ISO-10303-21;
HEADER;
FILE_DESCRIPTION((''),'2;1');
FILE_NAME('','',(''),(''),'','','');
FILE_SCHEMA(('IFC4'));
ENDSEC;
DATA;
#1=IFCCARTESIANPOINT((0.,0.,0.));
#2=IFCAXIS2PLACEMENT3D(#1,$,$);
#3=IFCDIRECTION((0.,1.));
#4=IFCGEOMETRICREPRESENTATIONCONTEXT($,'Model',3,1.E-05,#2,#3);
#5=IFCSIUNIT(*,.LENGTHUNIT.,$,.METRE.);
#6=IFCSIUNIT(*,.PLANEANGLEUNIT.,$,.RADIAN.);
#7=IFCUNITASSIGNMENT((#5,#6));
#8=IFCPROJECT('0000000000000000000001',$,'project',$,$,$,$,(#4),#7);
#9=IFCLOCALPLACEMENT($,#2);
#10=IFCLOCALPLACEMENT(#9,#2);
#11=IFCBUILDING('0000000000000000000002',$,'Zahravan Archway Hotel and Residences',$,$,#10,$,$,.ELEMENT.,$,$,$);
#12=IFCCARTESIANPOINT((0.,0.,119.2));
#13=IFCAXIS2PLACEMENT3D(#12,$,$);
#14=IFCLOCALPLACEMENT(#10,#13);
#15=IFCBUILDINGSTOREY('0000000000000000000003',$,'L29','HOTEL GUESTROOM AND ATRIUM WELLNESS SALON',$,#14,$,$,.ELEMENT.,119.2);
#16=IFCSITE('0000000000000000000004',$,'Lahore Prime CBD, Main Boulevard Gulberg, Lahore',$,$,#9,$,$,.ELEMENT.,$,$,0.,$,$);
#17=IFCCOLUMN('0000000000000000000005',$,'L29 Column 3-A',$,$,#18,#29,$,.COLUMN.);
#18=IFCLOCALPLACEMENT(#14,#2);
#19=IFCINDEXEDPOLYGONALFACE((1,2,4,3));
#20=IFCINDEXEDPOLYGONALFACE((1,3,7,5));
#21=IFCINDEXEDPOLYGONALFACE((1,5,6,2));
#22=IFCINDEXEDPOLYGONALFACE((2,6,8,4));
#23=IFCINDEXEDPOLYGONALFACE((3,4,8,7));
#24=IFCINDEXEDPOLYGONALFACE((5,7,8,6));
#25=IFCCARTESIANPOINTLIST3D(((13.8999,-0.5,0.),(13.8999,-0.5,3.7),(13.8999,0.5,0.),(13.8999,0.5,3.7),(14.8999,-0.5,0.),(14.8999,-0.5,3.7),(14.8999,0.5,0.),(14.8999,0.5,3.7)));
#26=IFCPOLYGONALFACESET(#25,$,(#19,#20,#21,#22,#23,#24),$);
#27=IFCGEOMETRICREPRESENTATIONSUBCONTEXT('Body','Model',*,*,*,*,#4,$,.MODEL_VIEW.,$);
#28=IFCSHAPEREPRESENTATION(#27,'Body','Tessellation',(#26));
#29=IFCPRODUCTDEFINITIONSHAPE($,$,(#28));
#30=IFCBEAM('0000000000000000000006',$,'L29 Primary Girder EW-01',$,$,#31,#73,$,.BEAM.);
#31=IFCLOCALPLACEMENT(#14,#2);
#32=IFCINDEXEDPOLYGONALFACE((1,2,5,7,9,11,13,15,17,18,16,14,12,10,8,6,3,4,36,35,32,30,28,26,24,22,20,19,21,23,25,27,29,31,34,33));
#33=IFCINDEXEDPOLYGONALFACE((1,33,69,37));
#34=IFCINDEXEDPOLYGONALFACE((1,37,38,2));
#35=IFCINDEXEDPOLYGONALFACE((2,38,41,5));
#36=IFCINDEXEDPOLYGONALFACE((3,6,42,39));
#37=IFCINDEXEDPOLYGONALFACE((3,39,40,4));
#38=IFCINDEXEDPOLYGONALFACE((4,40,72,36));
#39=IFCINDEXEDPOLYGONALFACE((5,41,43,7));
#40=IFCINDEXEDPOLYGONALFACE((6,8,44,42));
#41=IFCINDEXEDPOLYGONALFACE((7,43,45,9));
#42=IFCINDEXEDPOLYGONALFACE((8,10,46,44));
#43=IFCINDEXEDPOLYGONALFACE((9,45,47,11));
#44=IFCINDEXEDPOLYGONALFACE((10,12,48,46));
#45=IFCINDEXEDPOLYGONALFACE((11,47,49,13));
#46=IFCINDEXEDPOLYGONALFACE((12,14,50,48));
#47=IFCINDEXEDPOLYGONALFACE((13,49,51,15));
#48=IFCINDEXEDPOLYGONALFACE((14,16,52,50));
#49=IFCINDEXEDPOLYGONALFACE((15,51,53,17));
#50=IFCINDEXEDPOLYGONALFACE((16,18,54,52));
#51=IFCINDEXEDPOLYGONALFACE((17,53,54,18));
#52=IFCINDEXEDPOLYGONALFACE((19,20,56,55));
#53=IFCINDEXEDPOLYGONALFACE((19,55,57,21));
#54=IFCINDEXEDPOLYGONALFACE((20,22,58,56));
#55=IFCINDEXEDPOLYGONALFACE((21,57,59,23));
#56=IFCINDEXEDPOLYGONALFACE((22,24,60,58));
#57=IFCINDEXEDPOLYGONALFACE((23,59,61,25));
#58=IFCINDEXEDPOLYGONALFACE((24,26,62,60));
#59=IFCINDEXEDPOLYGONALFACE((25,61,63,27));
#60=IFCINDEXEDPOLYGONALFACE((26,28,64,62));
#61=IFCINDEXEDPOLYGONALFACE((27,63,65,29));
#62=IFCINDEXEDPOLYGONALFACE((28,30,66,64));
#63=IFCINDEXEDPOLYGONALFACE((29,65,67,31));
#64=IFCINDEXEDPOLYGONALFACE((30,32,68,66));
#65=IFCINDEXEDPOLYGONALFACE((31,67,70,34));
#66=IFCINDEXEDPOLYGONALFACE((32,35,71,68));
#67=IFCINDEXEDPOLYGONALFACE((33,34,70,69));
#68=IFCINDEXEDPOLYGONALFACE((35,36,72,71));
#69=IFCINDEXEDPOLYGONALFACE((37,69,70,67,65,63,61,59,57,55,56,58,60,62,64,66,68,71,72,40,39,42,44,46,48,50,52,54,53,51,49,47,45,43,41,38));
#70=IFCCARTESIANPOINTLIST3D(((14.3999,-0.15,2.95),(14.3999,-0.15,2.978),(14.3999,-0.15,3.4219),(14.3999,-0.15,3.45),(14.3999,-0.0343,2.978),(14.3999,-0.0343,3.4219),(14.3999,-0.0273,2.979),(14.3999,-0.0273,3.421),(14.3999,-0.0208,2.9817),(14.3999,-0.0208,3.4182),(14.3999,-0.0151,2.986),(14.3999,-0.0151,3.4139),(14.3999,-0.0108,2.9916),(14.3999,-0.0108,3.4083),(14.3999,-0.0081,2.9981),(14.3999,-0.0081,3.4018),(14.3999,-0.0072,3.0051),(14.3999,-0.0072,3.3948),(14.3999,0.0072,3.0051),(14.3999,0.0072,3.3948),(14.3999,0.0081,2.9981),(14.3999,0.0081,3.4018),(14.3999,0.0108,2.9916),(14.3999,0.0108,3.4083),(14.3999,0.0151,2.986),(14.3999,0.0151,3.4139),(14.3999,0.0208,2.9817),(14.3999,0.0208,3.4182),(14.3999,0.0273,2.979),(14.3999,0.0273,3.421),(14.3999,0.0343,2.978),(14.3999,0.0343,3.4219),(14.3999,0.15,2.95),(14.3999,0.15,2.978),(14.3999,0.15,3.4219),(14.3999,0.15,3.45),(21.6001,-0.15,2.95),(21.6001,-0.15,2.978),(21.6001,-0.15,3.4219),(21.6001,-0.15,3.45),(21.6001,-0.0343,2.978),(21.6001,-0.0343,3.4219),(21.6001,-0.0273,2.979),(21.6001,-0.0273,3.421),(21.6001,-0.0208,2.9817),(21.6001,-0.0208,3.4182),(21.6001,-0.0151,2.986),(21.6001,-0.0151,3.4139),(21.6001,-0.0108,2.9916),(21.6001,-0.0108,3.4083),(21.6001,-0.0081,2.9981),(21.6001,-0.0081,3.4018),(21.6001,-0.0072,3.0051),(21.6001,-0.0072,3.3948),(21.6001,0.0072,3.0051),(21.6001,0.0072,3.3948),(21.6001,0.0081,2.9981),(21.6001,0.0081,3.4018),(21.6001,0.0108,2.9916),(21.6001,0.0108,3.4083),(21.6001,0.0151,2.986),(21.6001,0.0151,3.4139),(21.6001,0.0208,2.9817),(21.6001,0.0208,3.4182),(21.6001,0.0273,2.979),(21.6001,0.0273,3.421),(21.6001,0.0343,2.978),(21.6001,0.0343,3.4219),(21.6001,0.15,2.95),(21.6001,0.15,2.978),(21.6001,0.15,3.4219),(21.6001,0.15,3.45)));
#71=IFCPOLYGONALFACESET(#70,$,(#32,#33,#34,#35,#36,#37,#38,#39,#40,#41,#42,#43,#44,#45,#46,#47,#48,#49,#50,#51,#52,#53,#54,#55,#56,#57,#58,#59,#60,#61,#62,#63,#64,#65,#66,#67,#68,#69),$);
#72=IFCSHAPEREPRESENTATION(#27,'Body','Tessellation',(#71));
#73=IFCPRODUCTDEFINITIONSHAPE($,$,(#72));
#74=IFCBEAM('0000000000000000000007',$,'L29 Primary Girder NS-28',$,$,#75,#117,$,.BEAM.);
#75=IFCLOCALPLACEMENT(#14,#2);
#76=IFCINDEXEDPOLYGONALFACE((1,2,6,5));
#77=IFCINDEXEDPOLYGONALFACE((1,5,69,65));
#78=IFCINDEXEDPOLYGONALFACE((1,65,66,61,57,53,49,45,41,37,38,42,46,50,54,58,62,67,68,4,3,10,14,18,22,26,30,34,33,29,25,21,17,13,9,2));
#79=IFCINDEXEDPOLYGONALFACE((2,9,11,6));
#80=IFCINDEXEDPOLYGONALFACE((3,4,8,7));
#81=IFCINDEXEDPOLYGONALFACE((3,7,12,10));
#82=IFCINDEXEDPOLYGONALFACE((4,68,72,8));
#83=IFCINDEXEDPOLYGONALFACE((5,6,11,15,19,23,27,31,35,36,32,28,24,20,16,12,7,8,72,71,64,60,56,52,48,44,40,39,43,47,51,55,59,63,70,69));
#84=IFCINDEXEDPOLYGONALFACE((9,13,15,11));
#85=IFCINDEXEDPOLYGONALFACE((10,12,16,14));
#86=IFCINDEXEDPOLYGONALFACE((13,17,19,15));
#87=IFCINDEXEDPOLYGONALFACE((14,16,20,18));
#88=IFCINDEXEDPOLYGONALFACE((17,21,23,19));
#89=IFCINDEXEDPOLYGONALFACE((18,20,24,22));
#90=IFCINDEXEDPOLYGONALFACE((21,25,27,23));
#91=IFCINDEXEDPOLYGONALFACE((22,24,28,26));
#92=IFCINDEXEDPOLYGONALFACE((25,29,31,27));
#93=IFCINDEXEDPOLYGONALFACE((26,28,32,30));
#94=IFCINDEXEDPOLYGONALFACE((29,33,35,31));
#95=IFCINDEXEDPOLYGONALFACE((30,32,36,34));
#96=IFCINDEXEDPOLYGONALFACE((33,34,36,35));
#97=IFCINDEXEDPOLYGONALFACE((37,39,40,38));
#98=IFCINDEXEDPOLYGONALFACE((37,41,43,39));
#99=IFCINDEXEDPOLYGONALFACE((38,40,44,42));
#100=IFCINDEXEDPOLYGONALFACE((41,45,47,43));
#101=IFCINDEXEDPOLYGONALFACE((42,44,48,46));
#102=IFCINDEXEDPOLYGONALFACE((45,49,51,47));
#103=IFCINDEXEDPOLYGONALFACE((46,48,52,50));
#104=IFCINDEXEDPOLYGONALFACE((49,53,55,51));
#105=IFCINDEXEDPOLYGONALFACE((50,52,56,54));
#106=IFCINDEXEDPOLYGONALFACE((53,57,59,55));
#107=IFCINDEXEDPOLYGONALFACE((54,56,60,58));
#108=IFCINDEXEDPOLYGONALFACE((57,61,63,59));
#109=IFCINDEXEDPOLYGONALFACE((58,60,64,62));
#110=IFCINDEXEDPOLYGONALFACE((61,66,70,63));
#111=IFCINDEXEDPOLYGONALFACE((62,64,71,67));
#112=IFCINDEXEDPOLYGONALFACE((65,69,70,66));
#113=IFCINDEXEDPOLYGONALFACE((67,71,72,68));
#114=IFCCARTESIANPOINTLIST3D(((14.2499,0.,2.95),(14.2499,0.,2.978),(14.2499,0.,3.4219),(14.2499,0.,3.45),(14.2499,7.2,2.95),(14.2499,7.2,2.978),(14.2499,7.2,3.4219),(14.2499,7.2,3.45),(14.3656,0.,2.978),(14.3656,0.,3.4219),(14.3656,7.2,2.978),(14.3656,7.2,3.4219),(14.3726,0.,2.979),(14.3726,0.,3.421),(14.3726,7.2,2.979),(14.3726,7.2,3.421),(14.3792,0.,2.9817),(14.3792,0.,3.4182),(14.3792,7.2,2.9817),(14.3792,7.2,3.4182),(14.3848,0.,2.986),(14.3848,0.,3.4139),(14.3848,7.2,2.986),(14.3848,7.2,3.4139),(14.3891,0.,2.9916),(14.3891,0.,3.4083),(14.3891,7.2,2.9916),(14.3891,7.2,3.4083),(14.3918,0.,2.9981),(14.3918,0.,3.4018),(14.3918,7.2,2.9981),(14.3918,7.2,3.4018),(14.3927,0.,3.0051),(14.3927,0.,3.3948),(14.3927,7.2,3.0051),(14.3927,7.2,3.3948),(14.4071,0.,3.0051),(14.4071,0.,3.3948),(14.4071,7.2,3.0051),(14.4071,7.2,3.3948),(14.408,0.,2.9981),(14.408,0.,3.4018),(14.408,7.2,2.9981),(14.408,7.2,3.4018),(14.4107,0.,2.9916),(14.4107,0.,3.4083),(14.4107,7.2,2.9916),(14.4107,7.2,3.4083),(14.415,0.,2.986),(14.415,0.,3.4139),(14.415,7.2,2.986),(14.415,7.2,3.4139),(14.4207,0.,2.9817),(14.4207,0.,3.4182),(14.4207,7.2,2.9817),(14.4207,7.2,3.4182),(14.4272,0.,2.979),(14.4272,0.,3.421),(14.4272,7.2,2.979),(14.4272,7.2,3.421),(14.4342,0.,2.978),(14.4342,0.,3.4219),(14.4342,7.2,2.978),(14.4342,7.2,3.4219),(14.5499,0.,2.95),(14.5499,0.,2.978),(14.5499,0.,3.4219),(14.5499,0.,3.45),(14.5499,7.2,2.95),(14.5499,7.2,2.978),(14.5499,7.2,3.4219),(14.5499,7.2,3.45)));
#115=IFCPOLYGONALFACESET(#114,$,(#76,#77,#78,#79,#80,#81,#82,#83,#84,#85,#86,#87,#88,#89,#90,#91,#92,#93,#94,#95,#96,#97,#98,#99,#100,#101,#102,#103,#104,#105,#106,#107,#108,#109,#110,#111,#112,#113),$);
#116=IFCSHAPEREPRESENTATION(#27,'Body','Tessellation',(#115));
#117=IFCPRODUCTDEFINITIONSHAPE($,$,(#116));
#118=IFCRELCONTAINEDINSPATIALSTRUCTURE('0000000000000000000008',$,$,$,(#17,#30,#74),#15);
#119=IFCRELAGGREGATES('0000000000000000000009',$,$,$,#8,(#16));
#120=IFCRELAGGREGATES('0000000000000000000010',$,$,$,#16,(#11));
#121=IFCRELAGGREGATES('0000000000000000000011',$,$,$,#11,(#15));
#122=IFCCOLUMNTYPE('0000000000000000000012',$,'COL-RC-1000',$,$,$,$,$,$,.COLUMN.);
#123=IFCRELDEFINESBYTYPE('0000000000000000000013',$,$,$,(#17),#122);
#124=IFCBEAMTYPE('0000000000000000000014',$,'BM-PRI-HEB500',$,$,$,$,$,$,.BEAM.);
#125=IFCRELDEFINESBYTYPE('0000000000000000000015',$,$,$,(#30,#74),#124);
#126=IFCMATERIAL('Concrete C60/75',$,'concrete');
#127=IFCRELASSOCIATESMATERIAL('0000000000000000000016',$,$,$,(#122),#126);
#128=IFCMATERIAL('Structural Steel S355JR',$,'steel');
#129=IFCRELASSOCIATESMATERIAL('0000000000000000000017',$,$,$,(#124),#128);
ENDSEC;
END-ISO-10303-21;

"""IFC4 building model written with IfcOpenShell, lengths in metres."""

from ifc_helpers import new_model, si_unit, direction, frame, origin, origin_2d, place, context, subcontext, project, spatial, rectangle, i_section, extrude, source, transform, mapped, material, material_profile, profile_set, type_object, type_shapes, element, save


model = new_model("IFC4")

# Units and contexts
model_context = context("Model", 3, precision=1e-05, world=origin(), true_north=direction((0.0, 1.0)))
body_context = subcontext(model_context, "Body", "Model", "MODEL_VIEW")
ifc_project = project(units=[si_unit("LENGTHUNIT", "METRE"), si_unit("PLANEANGLEUNIT", "RADIAN")], contexts=[model_context])

# Site, building, storey
site_placement = place(None, origin())
site = spatial("IfcSite", under=ifc_project, at=site_placement, Name="Lahore Prime CBD, Main Boulevard Gulberg, Lahore", CompositionType="ELEMENT", RefElevation=0.0)
building_placement = place(site_placement, origin())
building = spatial("IfcBuilding", under=site, at=building_placement, Name="Zahravan Archway Hotel and Residences", CompositionType="ELEMENT")
storey_placement = place(building_placement, frame((0.0, 0.0, 119.2)))
storey = spatial("IfcBuildingStorey", under=building, at=storey_placement, Name="L29", Description="HOTEL GUESTROOM AND ATRIUM WELLNESS SALON", CompositionType="ELEMENT", Elevation=119.2)

# Column
ifc_material_1 = material(Name="Concrete C60/75", Category="concrete")
ifc_material_profile_1 = material_profile(ifc_material_1, rectangle(XDim=1.0, YDim=1.0, at=origin_2d()), Name="RC-COL-1000x1000", Category="concrete")
ifc_profile_set_1 = profile_set([ifc_material_profile_1], Name="Concrete C60/75")
column_type = type_object("IfcColumnType", Name="COL-RC-1000", PredefinedType="COLUMN", material=ifc_profile_set_1)
shared_shape_1 = source(origin(), body_context, "Body", "SweptSolid", [
    extrude(rectangle(XDim=1.0, YDim=1.0, at=origin_2d()), origin(), (0.0, 0.0, 1.0), 3.7),
])
type_shapes(column_type, [shared_shape_1])
column_placement = place(storey_placement, frame((14.3999, 0.0, 0.0), z_axis=(0.0, 0.0, 1.0), x_axis=(1.0, 0.0, 0.0)))
element("IfcColumn", 1, at=column_placement, inside=storey, type_object=column_type, Name="L29 Column 3-A", PredefinedType="COLUMN", context=body_context, shape_type="MappedRepresentation", body=[
    mapped(shared_shape_1, transform((0.0, 0.0, 0.0), scale=1.0)),
])

# Beams
ifc_material_2 = material(Name="Structural Steel S355JR", Category="steel")
ifc_material_profile_2 = material_profile(ifc_material_2, i_section(OverallWidth=0.3, OverallDepth=0.5, WebThickness=0.0144, FlangeThickness=0.0281, FilletRadius=0.0271, at=origin_2d()), Name="HEB 500", Category="steel")
ifc_profile_set_2 = profile_set([ifc_material_profile_2], Name="Structural Steel S355JR")
beam_type = type_object("IfcBeamType", Name="BM-PRI-HEB500", PredefinedType="BEAM", material=ifc_profile_set_2)
shared_shape_2 = source(origin(), body_context, "Body", "SweptSolid", [
    extrude(i_section(OverallWidth=0.3, OverallDepth=0.5, WebThickness=0.0144, FlangeThickness=0.0281, FilletRadius=0.0271, at=origin_2d()), origin(), (0.0, 0.0, 1.0), 7.2002),
])
type_shapes(beam_type, [shared_shape_2])
beam_1_placement = place(storey_placement, frame((14.3999, 0.0, 3.2), z_axis=(1.0, 0.0, 0.0), x_axis=(0.0, 1.0, 0.0)))
element("IfcBeam", 2, at=beam_1_placement, inside=storey, type_object=beam_type, Name="L29 Primary Girder EW-01", PredefinedType="BEAM", context=body_context, shape_type="MappedRepresentation", body=[
    mapped(shared_shape_2, transform((0.0, 0.0, 0.0), scale=1.0)),
])
shared_shape_3 = source(origin(), body_context, "Body", "SweptSolid", [
    extrude(i_section(OverallWidth=0.3, OverallDepth=0.5, WebThickness=0.0144, FlangeThickness=0.0281, FilletRadius=0.0271, at=origin_2d()), origin(), (0.0, 0.0, 1.0), 7.2),
])
beam_2_placement = place(storey_placement, frame((14.3999, 0.0, 3.2), z_axis=(0.0, 1.0, 0.0), x_axis=(-1.0, 0.0, 0.0)))
element("IfcBeam", 3, at=beam_2_placement, inside=storey, type_object=beam_type, Name="L29 Primary Girder NS-28", PredefinedType="BEAM", context=body_context, shape_type="MappedRepresentation", body=[
    mapped(shared_shape_3, transform((0.0, 0.0, 0.0), scale=1.0)),
])

save(model, "model.ifc")
